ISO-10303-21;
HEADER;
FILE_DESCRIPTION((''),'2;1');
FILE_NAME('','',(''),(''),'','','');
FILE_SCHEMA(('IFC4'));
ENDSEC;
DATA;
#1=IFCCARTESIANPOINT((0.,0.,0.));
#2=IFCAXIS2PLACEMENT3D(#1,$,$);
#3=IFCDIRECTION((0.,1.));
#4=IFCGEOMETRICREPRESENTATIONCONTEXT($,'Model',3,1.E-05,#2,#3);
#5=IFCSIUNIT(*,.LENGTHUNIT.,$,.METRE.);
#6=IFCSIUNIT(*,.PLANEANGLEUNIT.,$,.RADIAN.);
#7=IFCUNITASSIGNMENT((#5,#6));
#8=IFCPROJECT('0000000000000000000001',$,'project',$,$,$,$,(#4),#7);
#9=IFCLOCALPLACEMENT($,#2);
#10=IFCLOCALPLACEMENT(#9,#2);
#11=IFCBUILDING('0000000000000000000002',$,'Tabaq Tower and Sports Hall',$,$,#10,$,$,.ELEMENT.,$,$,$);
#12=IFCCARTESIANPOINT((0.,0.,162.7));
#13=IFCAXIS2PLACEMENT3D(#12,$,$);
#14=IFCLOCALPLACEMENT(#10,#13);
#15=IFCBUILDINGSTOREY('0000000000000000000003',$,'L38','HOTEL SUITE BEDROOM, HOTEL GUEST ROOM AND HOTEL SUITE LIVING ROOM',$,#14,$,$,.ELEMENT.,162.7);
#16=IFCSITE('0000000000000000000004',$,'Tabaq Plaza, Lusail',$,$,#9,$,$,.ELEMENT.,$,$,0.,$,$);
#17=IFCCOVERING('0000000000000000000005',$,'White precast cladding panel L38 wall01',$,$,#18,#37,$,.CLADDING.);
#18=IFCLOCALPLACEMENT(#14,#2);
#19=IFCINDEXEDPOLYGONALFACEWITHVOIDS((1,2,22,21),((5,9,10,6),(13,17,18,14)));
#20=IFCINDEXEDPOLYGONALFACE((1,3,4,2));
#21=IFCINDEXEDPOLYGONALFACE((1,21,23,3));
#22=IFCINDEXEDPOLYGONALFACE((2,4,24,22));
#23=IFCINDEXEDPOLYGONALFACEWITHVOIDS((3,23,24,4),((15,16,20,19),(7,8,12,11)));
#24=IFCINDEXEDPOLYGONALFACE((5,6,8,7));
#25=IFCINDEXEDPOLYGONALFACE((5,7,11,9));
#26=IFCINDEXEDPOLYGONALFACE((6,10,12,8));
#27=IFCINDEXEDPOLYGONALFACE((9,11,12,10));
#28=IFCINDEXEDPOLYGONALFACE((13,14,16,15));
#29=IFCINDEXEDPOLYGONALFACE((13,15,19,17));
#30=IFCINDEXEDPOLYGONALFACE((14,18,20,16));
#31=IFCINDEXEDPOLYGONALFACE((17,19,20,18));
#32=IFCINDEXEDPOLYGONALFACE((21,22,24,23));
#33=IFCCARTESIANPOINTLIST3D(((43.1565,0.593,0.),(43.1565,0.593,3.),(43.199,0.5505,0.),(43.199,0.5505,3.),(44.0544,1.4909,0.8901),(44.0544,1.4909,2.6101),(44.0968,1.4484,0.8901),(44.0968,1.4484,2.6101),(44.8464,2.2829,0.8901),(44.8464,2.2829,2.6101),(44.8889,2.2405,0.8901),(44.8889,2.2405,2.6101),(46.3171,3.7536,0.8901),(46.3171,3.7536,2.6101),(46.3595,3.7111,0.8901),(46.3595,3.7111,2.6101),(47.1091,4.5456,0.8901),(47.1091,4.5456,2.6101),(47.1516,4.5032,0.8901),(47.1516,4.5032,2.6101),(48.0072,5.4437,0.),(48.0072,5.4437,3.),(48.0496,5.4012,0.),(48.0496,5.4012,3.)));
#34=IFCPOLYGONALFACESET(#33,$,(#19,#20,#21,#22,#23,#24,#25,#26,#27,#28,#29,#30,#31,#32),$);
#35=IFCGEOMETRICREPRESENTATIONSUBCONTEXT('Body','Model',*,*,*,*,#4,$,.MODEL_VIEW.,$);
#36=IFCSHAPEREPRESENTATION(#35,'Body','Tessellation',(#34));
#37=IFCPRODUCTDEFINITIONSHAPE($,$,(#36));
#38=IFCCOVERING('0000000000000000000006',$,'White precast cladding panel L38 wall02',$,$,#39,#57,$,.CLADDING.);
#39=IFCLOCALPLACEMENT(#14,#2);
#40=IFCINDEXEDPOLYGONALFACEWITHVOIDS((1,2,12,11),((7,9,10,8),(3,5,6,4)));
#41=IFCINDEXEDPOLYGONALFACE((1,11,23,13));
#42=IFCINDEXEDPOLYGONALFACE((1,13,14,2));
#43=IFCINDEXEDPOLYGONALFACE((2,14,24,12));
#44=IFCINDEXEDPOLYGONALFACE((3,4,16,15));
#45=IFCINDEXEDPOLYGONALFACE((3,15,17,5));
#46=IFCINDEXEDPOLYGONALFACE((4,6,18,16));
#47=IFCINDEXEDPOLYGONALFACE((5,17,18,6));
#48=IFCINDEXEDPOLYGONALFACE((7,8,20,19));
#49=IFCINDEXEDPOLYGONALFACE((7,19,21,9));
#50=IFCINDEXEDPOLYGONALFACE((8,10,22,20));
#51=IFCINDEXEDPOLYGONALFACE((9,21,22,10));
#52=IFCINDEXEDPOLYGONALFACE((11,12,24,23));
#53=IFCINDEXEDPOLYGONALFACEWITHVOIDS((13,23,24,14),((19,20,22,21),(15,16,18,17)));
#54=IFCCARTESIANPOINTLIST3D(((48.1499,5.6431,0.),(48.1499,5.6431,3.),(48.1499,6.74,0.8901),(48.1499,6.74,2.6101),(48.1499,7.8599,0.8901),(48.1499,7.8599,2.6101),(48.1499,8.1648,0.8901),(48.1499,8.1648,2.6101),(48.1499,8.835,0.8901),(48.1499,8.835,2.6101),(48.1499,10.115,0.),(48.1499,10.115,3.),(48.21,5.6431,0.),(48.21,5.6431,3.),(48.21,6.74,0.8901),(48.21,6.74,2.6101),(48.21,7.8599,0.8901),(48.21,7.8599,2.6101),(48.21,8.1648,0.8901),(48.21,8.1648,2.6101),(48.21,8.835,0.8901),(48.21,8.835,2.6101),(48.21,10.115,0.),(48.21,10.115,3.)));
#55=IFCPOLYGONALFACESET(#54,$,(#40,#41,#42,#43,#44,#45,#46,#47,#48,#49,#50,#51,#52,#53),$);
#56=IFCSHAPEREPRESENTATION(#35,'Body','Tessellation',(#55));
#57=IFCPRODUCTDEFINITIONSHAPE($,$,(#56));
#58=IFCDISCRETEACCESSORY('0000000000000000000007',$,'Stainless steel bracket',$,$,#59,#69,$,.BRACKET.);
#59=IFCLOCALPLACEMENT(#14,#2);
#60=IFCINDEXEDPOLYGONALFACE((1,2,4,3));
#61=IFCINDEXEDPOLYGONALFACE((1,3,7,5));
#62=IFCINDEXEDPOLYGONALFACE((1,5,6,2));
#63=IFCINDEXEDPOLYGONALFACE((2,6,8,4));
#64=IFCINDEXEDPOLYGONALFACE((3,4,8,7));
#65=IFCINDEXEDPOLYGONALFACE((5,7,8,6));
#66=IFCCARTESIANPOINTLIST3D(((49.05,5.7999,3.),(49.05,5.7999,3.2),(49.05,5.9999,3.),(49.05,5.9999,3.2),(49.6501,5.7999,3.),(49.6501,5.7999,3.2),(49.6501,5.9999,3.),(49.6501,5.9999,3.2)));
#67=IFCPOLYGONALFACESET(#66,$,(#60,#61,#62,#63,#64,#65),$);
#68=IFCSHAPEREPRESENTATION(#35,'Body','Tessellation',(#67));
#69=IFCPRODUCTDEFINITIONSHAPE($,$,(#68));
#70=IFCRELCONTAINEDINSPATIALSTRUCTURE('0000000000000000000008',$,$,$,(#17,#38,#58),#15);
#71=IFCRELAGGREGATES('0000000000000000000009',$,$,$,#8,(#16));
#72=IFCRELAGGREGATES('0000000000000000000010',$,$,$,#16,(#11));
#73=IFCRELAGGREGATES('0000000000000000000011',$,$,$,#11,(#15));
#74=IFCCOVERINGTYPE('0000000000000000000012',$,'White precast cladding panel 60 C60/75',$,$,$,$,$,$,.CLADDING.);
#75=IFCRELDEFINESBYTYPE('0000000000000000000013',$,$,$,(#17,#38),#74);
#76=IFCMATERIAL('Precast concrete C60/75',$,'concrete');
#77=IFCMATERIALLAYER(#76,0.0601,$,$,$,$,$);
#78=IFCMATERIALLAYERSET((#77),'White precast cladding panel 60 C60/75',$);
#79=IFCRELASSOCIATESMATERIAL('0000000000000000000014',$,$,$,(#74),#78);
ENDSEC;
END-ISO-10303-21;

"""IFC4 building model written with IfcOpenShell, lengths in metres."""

from ifc_helpers import new_model, si_unit, direction, frame, origin, origin_2d, place, context, subcontext, project, spatial, polyline, rectangle, outline, extrude, material, layer, layer_set, type_object, element, save


model = new_model("IFC4")

# Units and contexts
model_context = context("Model", 3, precision=1e-05, world=origin(), true_north=direction((0.0, 1.0)))
body_context = subcontext(model_context, "Body", "Model", "MODEL_VIEW")
ifc_project = project(units=[si_unit("LENGTHUNIT", "METRE"), si_unit("PLANEANGLEUNIT", "RADIAN")], contexts=[model_context])

# Site, building, storey
site_placement = place(None, origin())
site = spatial("IfcSite", under=ifc_project, at=site_placement, Name="Tabaq Plaza, Lusail", CompositionType="ELEMENT", RefElevation=0.0)
building_placement = place(site_placement, origin())
building = spatial("IfcBuilding", under=site, at=building_placement, Name="Tabaq Tower and Sports Hall", CompositionType="ELEMENT")
storey_placement = place(building_placement, frame((0.0, 0.0, 162.7)))
storey = spatial("IfcBuildingStorey", under=building, at=storey_placement, Name="L38", Description="HOTEL SUITE BEDROOM, HOTEL GUEST ROOM AND HOTEL SUITE LIVING ROOM", CompositionType="ELEMENT", Elevation=162.7)

# Coverings
ifc_material_1 = material(Name="Precast concrete C60/75", Category="concrete")
ifc_layer_1 = layer(ifc_material_1, 0.0601)
ifc_layer_set_1 = layer_set([ifc_layer_1], Name="White precast cladding panel 60 C60/75")
covering_type_1 = type_object("IfcCoveringType", Name="White precast cladding panel 60 C60/75", PredefinedType="CLADDING", material=ifc_layer_set_1)
covering_1_placement = place(storey_placement, frame((43.1777, 0.5718, 0.0), z_axis=(0.0, 0.0, 1.0), x_axis=(0.707107, 0.707107, 0.0)))
element("IfcCovering", 1, at=covering_1_placement, inside=storey, type_object=covering_type_1, Name="White precast cladding panel L38 wall01", PredefinedType="CLADDING", context=body_context, shape_type="SweptSolid", body=[
    extrude(outline(polyline([(0.0, 0.0), (6.8599, 0.0), (6.8599, 3.0), (0.0, 3.0), (0.0, 0.0)]), holes=[polyline([(1.2698, 2.6101), (2.3899, 2.6101), (2.3899, 0.8901), (1.2698, 0.8901), (1.2698, 2.6101)]), polyline([(4.4697, 2.6101), (5.5898, 2.6101), (5.5898, 0.8901), (4.4697, 0.8901), (4.4697, 2.6101)])]), frame((0.0, 0.03, 0.0), z_axis=(0.0, -1.0, 0.0), x_axis=(1.0, 0.0, 0.0)), (0.0, 0.0, 1.0), 0.0601),
])
covering_2_placement = place(storey_placement, frame((48.1799, 5.6431, 0.0), z_axis=(0.0, 0.0, 1.0), x_axis=(0.0, 1.0, 0.0)))
element("IfcCovering", 2, at=covering_2_placement, inside=storey, type_object=covering_type_1, Name="White precast cladding panel L38 wall02", PredefinedType="CLADDING", context=body_context, shape_type="SweptSolid", body=[
    extrude(outline(polyline([(0.0, 0.0), (4.4719, 0.0), (4.4719, 3.0), (0.0, 3.0), (0.0, 0.0)]), holes=[polyline([(1.0969, 2.6101), (2.2168, 2.6101), (2.2168, 0.8901), (1.0969, 0.8901), (1.0969, 2.6101)]), polyline([(2.5217, 2.6101), (3.1919, 2.6101), (3.1919, 0.8901), (2.5217, 0.8901), (2.5217, 2.6101)])]), frame((0.0, 0.03, 0.0), z_axis=(0.0, -1.0, 0.0), x_axis=(1.0, 0.0, 0.0)), (0.0, 0.0, 1.0), 0.0601),
])

# Discrete accessory
discrete_accessory_placement = place(storey_placement, frame((49.3501, 5.8999, 3.0), z_axis=(0.0, 0.0, 1.0), x_axis=(1.0, 0.0, 0.0)))
element("IfcDiscreteAccessory", 3, at=discrete_accessory_placement, inside=storey, Name="Stainless steel bracket", PredefinedType="BRACKET", context=body_context, shape_type="SweptSolid", body=[
    extrude(rectangle(XDim=0.6001, YDim=0.2, at=origin_2d()), origin(), (0.0, 0.0, 1.0), 0.2),
])

save(model, "model.ifc")
